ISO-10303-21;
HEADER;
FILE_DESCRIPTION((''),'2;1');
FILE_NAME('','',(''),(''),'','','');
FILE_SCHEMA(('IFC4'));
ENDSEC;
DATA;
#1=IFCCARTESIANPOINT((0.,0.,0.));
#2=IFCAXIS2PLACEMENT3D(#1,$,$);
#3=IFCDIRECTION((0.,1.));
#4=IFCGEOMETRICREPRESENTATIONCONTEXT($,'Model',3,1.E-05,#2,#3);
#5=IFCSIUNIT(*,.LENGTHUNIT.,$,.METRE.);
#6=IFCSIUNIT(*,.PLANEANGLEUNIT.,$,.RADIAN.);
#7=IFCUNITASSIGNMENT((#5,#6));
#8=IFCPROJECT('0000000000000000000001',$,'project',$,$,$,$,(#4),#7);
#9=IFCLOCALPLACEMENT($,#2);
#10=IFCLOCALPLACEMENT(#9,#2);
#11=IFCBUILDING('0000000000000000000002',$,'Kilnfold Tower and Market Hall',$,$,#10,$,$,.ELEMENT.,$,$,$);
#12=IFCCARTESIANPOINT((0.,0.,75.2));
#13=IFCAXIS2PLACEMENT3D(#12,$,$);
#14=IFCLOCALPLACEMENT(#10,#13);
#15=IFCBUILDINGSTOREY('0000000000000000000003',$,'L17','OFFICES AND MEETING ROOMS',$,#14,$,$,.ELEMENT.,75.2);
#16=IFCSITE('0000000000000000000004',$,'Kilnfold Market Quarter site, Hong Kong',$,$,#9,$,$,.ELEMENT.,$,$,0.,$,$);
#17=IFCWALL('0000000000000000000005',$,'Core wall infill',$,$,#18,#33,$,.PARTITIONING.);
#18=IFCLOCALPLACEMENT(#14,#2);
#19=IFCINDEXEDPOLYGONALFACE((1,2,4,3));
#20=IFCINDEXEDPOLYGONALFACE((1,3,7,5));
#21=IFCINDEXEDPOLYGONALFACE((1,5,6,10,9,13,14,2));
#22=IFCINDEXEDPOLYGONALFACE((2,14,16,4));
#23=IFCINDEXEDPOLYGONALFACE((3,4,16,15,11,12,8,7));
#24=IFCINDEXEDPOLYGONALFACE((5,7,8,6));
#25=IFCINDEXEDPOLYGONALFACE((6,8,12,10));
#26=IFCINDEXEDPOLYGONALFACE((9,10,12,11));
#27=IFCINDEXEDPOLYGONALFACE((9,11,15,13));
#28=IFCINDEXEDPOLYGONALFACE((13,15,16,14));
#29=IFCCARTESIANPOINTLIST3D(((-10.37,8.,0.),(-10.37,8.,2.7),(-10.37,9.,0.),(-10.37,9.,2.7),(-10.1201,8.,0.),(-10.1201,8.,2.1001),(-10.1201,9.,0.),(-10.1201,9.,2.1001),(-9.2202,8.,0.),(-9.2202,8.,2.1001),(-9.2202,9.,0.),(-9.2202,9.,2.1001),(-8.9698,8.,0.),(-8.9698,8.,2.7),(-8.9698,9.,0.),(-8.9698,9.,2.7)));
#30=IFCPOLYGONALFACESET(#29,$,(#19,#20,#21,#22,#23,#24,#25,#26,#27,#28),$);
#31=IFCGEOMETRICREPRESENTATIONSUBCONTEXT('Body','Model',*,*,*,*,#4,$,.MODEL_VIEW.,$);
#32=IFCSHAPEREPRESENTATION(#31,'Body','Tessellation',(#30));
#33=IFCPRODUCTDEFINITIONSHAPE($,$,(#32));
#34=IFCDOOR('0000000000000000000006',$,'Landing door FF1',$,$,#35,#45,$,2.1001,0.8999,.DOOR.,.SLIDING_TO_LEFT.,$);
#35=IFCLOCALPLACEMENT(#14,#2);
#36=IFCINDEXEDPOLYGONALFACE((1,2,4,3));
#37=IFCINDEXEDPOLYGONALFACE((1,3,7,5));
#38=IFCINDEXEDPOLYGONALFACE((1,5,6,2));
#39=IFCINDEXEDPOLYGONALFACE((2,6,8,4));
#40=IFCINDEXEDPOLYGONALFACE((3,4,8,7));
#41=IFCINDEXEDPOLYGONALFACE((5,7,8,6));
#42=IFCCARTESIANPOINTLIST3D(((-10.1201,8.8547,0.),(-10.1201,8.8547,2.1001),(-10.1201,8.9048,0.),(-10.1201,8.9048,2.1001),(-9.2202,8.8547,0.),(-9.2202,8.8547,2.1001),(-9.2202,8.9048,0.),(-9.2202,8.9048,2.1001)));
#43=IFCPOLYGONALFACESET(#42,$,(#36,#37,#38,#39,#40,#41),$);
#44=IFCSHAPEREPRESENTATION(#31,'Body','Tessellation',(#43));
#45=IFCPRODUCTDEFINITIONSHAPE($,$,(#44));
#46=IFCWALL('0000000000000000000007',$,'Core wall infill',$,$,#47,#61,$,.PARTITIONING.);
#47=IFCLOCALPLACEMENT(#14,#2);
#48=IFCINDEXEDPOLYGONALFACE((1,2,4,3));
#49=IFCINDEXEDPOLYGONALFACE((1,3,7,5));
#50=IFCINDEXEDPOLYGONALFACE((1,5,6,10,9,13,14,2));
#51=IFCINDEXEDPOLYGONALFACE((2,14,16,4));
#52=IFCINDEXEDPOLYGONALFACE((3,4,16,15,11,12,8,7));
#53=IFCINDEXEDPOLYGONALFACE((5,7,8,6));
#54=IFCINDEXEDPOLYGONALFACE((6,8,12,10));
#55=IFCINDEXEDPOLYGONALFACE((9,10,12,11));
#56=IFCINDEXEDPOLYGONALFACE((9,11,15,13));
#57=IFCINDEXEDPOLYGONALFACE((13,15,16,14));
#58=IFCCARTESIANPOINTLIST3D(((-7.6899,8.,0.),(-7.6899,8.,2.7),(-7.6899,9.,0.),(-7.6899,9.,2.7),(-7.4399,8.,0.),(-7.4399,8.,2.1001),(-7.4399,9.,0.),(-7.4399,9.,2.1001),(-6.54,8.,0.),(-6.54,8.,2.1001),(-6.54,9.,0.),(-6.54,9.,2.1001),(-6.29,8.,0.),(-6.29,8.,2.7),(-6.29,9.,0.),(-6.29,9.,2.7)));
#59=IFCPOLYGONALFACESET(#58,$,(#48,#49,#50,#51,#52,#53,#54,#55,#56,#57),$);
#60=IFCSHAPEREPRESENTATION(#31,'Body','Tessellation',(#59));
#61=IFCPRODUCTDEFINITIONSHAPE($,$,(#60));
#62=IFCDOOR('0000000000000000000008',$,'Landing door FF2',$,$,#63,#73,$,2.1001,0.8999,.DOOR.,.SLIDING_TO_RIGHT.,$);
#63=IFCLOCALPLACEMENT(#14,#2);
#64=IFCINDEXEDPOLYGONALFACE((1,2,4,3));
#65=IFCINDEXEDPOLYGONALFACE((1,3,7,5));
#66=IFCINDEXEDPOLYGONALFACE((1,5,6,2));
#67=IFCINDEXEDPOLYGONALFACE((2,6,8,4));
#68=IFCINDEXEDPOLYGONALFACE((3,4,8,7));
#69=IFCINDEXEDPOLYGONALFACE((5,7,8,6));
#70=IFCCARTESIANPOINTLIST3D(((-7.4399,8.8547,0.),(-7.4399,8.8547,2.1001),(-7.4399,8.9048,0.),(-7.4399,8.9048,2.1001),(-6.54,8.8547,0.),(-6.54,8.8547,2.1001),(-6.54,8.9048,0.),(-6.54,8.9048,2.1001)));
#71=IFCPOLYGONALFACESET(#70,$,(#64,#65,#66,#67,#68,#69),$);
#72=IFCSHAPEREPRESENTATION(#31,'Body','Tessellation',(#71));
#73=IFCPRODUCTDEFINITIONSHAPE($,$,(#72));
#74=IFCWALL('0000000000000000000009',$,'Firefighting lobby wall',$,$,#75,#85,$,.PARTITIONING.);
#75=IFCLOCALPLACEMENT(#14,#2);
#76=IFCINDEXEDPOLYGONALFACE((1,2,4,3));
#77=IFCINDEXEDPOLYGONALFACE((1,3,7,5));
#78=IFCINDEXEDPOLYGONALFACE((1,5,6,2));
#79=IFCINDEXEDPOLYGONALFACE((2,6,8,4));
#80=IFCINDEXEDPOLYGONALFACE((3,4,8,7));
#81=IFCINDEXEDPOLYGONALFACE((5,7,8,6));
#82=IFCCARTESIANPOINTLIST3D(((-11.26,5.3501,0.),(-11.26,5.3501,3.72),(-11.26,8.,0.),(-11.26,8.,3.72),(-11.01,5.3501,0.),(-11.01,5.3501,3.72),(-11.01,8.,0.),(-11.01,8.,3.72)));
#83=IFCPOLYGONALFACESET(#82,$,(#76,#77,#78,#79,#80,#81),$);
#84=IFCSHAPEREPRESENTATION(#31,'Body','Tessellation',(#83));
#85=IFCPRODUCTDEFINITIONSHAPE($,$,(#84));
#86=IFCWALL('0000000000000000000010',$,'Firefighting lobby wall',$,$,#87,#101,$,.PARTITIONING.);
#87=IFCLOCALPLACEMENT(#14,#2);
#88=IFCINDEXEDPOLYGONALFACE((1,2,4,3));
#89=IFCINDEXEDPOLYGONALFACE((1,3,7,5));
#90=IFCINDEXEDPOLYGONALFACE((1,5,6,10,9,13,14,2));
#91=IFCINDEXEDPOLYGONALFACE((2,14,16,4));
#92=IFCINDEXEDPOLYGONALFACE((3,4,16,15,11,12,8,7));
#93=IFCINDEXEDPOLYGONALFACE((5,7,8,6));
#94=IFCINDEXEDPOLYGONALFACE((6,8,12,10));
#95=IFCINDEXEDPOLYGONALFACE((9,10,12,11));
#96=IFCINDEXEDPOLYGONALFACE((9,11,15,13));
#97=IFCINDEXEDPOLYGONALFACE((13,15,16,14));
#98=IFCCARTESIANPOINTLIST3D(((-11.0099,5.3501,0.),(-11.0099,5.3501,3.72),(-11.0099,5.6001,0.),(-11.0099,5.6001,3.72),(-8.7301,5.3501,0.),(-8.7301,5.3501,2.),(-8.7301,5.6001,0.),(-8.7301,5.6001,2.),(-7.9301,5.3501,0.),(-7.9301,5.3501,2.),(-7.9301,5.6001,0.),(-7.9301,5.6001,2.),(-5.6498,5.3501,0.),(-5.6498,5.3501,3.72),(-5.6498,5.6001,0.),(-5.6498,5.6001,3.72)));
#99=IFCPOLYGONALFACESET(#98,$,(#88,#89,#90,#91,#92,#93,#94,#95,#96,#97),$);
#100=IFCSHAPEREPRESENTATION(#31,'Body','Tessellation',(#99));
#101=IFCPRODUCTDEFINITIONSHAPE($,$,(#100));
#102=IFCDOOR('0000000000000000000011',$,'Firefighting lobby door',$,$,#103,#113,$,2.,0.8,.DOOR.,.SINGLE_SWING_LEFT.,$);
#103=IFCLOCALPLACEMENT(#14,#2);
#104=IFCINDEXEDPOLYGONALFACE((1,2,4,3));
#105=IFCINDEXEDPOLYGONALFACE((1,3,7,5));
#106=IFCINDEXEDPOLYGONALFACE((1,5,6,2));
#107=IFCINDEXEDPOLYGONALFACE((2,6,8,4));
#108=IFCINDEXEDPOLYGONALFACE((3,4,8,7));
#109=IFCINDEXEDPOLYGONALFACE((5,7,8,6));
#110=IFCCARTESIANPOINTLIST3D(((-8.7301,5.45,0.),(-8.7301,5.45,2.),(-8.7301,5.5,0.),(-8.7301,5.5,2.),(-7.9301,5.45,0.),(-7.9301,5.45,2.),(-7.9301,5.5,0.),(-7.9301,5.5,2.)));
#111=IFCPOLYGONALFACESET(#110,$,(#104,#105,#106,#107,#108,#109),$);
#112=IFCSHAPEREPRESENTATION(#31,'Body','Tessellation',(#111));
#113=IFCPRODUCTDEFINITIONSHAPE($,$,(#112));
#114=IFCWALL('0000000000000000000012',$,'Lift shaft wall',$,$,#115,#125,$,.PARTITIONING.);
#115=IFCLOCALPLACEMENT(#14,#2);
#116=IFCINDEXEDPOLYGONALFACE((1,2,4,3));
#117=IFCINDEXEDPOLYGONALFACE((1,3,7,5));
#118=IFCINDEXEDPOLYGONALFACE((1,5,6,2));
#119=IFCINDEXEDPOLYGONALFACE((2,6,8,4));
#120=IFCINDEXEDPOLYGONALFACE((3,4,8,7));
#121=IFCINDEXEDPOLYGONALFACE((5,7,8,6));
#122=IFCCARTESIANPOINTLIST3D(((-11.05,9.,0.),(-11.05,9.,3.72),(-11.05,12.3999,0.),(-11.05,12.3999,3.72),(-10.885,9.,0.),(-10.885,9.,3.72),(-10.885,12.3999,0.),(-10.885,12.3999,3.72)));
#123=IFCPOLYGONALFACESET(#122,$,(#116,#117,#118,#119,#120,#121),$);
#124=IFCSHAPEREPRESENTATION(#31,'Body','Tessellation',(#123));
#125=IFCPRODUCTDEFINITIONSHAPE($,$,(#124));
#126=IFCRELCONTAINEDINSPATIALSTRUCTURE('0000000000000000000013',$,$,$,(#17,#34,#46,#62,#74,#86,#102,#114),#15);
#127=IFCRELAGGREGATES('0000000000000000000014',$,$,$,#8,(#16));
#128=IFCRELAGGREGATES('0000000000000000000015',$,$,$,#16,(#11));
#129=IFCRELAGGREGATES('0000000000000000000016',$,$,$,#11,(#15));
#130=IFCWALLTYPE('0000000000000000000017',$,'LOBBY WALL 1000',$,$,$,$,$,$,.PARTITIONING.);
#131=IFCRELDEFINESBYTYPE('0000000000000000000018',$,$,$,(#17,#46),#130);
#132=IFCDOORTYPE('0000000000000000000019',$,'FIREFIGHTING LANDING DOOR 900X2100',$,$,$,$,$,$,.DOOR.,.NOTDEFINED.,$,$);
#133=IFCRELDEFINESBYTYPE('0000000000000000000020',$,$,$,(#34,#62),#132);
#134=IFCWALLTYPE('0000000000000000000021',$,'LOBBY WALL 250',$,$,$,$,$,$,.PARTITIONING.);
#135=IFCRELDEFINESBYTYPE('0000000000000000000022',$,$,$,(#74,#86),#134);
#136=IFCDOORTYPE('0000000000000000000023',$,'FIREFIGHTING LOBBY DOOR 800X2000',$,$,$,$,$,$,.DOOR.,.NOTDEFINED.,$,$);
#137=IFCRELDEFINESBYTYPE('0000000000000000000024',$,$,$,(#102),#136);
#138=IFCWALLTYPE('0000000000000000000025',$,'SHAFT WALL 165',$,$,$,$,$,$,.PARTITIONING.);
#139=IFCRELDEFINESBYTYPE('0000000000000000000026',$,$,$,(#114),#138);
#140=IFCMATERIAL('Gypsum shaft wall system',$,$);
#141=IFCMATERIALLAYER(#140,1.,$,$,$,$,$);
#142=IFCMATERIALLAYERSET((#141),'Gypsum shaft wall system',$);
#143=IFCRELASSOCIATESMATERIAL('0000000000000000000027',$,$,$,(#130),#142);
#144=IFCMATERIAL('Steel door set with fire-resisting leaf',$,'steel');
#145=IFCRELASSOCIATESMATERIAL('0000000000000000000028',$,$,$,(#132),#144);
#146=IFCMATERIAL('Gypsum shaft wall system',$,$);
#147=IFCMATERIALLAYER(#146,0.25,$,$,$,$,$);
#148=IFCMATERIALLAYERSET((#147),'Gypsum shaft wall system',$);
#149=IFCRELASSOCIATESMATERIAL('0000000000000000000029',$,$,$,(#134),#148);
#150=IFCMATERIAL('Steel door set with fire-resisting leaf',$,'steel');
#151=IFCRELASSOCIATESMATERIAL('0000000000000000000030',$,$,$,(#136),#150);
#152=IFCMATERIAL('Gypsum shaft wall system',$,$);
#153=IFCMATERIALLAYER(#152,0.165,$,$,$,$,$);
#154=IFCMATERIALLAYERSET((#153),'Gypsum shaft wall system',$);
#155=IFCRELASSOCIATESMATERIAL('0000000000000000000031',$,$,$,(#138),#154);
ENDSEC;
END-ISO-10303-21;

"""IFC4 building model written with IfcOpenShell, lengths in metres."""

from ifc_helpers import new_model, si_unit, direction, frame, frame_2d, origin, place, context, subcontext, project, spatial, rectangle, extrude, source, transform, mapped, material, layer, layer_set, type_object, element, fill, save


model = new_model("IFC4")

# Units and contexts
model_context = context("Model", 3, precision=1e-05, world=origin(), true_north=direction((0.0, 1.0)))
body_context = subcontext(model_context, "Body", "Model", "MODEL_VIEW")
ifc_project = project(units=[si_unit("LENGTHUNIT", "METRE"), si_unit("PLANEANGLEUNIT", "RADIAN")], contexts=[model_context])

# Site, building, storey
site_placement = place(None, origin())
site = spatial("IfcSite", under=ifc_project, at=site_placement, Name="Kilnfold Market Quarter site, Hong Kong", CompositionType="ELEMENT", RefElevation=0.0)
building_placement = place(site_placement, origin())
building = spatial("IfcBuilding", under=site, at=building_placement, Name="Kilnfold Tower and Market Hall", CompositionType="ELEMENT")
storey_placement = place(building_placement, frame((0.0, 0.0, 75.2)))
storey = spatial("IfcBuildingStorey", under=building, at=storey_placement, Name="L17", Description="OFFICES AND MEETING ROOMS", CompositionType="ELEMENT", Elevation=75.2)

# Walls, openings, doors
ifc_material_1 = material(Name="Gypsum shaft wall system")
ifc_layer_1 = layer(ifc_material_1, 1.0)
ifc_layer_set_1 = layer_set([ifc_layer_1], Name="Gypsum shaft wall system")
wall_type_1 = type_object("IfcWallType", Name="LOBBY WALL 1000", PredefinedType="PARTITIONING", material=ifc_layer_set_1)
shared_shape_1 = source(origin(), body_context, "Body", "SweptSolid", [
    extrude(rectangle(XDim=1.4001, YDim=1.0, at=frame_2d((0.7002, 0.0))), origin(), (0.0, 0.0, 1.0), 2.7),
])
wall_1_placement = place(storey_placement, frame((-10.3701, 8.5, 0.0), z_axis=(0.0, 0.0, 1.0), x_axis=(1.0, 0.0, 0.0)))
wall_1 = element("IfcWall", 1, at=wall_1_placement, inside=storey, type_object=wall_type_1, Name="Core wall infill", PredefinedType="PARTITIONING", context=body_context, shape_type="MappedRepresentation", body=[
    mapped(shared_shape_1, transform((0.0, 0.0, 0.0))),
])
opening_1_placement = place(wall_1_placement, frame((0.25, 0.0, 0.0)))
opening_1 = element("IfcOpeningElement", 2, at=opening_1_placement, cuts=wall_1, PredefinedType="OPENING", context=body_context, shape_type="SweptSolid", body=[
    extrude(rectangle(XDim=0.8999, YDim=2.1001, at=frame_2d((0.45, 1.05))), frame((0.0, 0.51, 0.0), z_axis=(0.0, -1.0, 0.0), x_axis=(1.0, 0.0, 0.0)), (0.0, 0.0, 1.0), 1.02),
])
ifc_material_2 = material(Name="Steel door set with fire-resisting leaf", Category="steel")
door_type_1 = type_object("IfcDoorType", Name="FIREFIGHTING LANDING DOOR 900X2100", OperationType="NOTDEFINED", PredefinedType="DOOR", material=ifc_material_2)
door_1_placement = place(opening_1_placement, origin())
door_1 = element("IfcDoor", 3, at=door_1_placement, inside=storey, type_object=door_type_1, Name="Landing door FF1", OperationType="SLIDING_TO_LEFT", OverallHeight=2.1001, OverallWidth=0.8999, PredefinedType="DOOR", context=body_context, shape_type="SweptSolid", body=[
    extrude(rectangle(XDim=0.8999, YDim=2.1001, at=frame_2d((0.45, 1.05))), frame((0.0, 0.4048, 0.0), z_axis=(0.0, -1.0, 0.0), x_axis=(1.0, 0.0, 0.0)), (0.0, 0.0, 1.0), 0.05),
])
fill(opening_1, door_1)
shared_shape_2 = source(origin(), body_context, "Body", "SweptSolid", [
    extrude(rectangle(XDim=1.3999, YDim=1.0, at=frame_2d((0.7, 0.0))), origin(), (0.0, 0.0, 1.0), 2.7),
])
wall_2_placement = place(storey_placement, frame((-7.6899, 8.5, 0.0), z_axis=(0.0, 0.0, 1.0), x_axis=(1.0, 0.0, 0.0)))
wall_2 = element("IfcWall", 4, at=wall_2_placement, inside=storey, type_object=wall_type_1, Name="Core wall infill", PredefinedType="PARTITIONING", context=body_context, shape_type="MappedRepresentation", body=[
    mapped(shared_shape_2, transform((0.0, 0.0, 0.0))),
])
opening_2_placement = place(wall_2_placement, frame((0.25, 0.0, 0.0)))
opening_2 = element("IfcOpeningElement", 5, at=opening_2_placement, cuts=wall_2, PredefinedType="OPENING", context=body_context, shape_type="SweptSolid", body=[
    extrude(rectangle(XDim=0.8999, YDim=2.1001, at=frame_2d((0.45, 1.05))), frame((0.0, 0.51, 0.0), z_axis=(0.0, -1.0, 0.0), x_axis=(1.0, 0.0, 0.0)), (0.0, 0.0, 1.0), 1.02),
])
door_2_placement = place(opening_2_placement, origin())
door_2 = element("IfcDoor", 6, at=door_2_placement, inside=storey, type_object=door_type_1, Name="Landing door FF2", OperationType="SLIDING_TO_RIGHT", OverallHeight=2.1001, OverallWidth=0.8999, PredefinedType="DOOR", context=body_context, shape_type="SweptSolid", body=[
    extrude(rectangle(XDim=0.8999, YDim=2.1001, at=frame_2d((0.45, 1.05))), frame((0.0, 0.4048, 0.0), z_axis=(0.0, -1.0, 0.0), x_axis=(1.0, 0.0, 0.0)), (0.0, 0.0, 1.0), 0.05),
])
fill(opening_2, door_2)

# Wall
ifc_material_3 = material(Name="Gypsum shaft wall system")
ifc_layer_2 = layer(ifc_material_3, 0.25)
ifc_layer_set_2 = layer_set([ifc_layer_2], Name="Gypsum shaft wall system")
wall_type_2 = type_object("IfcWallType", Name="LOBBY WALL 250", PredefinedType="PARTITIONING", material=ifc_layer_set_2)
shared_shape_3 = source(origin(), body_context, "Body", "SweptSolid", [
    extrude(rectangle(XDim=2.6499, YDim=0.25, at=frame_2d((1.325, 0.0))), origin(), (0.0, 0.0, 1.0), 3.72),
])
wall_3_placement = place(storey_placement, frame((-11.135, 5.3501, 0.0), z_axis=(0.0, 0.0, 1.0), x_axis=(0.0, 1.0, 0.0)))
element("IfcWall", 7, at=wall_3_placement, inside=storey, type_object=wall_type_2, Name="Firefighting lobby wall", PredefinedType="PARTITIONING", context=body_context, shape_type="MappedRepresentation", body=[
    mapped(shared_shape_3, transform((0.0, 0.0, 0.0))),
])

# Wall, opening, door
shared_shape_4 = source(origin(), body_context, "Body", "SweptSolid", [
    extrude(rectangle(XDim=5.3601, YDim=0.25, at=frame_2d((2.6802, 0.0))), origin(), (0.0, 0.0, 1.0), 3.72),
])
wall_4_placement = place(storey_placement, frame((-11.01, 5.4751, 0.0), z_axis=(0.0, 0.0, 1.0), x_axis=(1.0, 0.0, 0.0)))
wall_4 = element("IfcWall", 8, at=wall_4_placement, inside=storey, type_object=wall_type_2, Name="Firefighting lobby wall", PredefinedType="PARTITIONING", context=body_context, shape_type="MappedRepresentation", body=[
    mapped(shared_shape_4, transform((0.0, 0.0, 0.0))),
])
opening_3_placement = place(wall_4_placement, frame((2.28, 0.0, 0.0)))
opening_3 = element("IfcOpeningElement", 9, at=opening_3_placement, cuts=wall_4, PredefinedType="OPENING", context=body_context, shape_type="SweptSolid", body=[
    extrude(rectangle(XDim=0.8, YDim=2.0, at=frame_2d((0.3999, 1.0))), frame((0.0, 0.135, 0.0), z_axis=(0.0, -1.0, 0.0), x_axis=(1.0, 0.0, 0.0)), (0.0, 0.0, 1.0), 0.27),
])
ifc_material_4 = material(Name="Steel door set with fire-resisting leaf", Category="steel")
door_type_2 = type_object("IfcDoorType", Name="FIREFIGHTING LOBBY DOOR 800X2000", OperationType="NOTDEFINED", PredefinedType="DOOR", material=ifc_material_4)
door_3_placement = place(opening_3_placement, origin())
door_3 = element("IfcDoor", 10, at=door_3_placement, inside=storey, type_object=door_type_2, Name="Firefighting lobby door", OperationType="SINGLE_SWING_LEFT", OverallHeight=2.0, OverallWidth=0.8, PredefinedType="DOOR", context=body_context, shape_type="SweptSolid", body=[
    extrude(rectangle(XDim=0.8, YDim=2.0, at=frame_2d((0.3999, 1.0))), frame((0.0, 0.0249, 0.0), z_axis=(0.0, -1.0, 0.0), x_axis=(1.0, 0.0, 0.0)), (0.0, 0.0, 1.0), 0.05),
])
fill(opening_3, door_3)

# Wall
ifc_material_5 = material(Name="Gypsum shaft wall system")
ifc_layer_3 = layer(ifc_material_5, 0.165)
ifc_layer_set_3 = layer_set([ifc_layer_3], Name="Gypsum shaft wall system")
wall_type_3 = type_object("IfcWallType", Name="SHAFT WALL 165", PredefinedType="PARTITIONING", material=ifc_layer_set_3)
shared_shape_5 = source(origin(), body_context, "Body", "SweptSolid", [
    extrude(rectangle(XDim=3.3999, YDim=0.165, at=frame_2d((1.7, 0.0))), origin(), (0.0, 0.0, 1.0), 3.72),
])
wall_5_placement = place(storey_placement, frame((-10.9675, 9.0, 0.0), z_axis=(0.0, 0.0, 1.0), x_axis=(0.0, 1.0, 0.0)))
element("IfcWall", 11, at=wall_5_placement, inside=storey, type_object=wall_type_3, Name="Lift shaft wall", PredefinedType="PARTITIONING", context=body_context, shape_type="MappedRepresentation", body=[
    mapped(shared_shape_5, transform((0.0, 0.0, 0.0))),
])

save(model, "model.ifc")
